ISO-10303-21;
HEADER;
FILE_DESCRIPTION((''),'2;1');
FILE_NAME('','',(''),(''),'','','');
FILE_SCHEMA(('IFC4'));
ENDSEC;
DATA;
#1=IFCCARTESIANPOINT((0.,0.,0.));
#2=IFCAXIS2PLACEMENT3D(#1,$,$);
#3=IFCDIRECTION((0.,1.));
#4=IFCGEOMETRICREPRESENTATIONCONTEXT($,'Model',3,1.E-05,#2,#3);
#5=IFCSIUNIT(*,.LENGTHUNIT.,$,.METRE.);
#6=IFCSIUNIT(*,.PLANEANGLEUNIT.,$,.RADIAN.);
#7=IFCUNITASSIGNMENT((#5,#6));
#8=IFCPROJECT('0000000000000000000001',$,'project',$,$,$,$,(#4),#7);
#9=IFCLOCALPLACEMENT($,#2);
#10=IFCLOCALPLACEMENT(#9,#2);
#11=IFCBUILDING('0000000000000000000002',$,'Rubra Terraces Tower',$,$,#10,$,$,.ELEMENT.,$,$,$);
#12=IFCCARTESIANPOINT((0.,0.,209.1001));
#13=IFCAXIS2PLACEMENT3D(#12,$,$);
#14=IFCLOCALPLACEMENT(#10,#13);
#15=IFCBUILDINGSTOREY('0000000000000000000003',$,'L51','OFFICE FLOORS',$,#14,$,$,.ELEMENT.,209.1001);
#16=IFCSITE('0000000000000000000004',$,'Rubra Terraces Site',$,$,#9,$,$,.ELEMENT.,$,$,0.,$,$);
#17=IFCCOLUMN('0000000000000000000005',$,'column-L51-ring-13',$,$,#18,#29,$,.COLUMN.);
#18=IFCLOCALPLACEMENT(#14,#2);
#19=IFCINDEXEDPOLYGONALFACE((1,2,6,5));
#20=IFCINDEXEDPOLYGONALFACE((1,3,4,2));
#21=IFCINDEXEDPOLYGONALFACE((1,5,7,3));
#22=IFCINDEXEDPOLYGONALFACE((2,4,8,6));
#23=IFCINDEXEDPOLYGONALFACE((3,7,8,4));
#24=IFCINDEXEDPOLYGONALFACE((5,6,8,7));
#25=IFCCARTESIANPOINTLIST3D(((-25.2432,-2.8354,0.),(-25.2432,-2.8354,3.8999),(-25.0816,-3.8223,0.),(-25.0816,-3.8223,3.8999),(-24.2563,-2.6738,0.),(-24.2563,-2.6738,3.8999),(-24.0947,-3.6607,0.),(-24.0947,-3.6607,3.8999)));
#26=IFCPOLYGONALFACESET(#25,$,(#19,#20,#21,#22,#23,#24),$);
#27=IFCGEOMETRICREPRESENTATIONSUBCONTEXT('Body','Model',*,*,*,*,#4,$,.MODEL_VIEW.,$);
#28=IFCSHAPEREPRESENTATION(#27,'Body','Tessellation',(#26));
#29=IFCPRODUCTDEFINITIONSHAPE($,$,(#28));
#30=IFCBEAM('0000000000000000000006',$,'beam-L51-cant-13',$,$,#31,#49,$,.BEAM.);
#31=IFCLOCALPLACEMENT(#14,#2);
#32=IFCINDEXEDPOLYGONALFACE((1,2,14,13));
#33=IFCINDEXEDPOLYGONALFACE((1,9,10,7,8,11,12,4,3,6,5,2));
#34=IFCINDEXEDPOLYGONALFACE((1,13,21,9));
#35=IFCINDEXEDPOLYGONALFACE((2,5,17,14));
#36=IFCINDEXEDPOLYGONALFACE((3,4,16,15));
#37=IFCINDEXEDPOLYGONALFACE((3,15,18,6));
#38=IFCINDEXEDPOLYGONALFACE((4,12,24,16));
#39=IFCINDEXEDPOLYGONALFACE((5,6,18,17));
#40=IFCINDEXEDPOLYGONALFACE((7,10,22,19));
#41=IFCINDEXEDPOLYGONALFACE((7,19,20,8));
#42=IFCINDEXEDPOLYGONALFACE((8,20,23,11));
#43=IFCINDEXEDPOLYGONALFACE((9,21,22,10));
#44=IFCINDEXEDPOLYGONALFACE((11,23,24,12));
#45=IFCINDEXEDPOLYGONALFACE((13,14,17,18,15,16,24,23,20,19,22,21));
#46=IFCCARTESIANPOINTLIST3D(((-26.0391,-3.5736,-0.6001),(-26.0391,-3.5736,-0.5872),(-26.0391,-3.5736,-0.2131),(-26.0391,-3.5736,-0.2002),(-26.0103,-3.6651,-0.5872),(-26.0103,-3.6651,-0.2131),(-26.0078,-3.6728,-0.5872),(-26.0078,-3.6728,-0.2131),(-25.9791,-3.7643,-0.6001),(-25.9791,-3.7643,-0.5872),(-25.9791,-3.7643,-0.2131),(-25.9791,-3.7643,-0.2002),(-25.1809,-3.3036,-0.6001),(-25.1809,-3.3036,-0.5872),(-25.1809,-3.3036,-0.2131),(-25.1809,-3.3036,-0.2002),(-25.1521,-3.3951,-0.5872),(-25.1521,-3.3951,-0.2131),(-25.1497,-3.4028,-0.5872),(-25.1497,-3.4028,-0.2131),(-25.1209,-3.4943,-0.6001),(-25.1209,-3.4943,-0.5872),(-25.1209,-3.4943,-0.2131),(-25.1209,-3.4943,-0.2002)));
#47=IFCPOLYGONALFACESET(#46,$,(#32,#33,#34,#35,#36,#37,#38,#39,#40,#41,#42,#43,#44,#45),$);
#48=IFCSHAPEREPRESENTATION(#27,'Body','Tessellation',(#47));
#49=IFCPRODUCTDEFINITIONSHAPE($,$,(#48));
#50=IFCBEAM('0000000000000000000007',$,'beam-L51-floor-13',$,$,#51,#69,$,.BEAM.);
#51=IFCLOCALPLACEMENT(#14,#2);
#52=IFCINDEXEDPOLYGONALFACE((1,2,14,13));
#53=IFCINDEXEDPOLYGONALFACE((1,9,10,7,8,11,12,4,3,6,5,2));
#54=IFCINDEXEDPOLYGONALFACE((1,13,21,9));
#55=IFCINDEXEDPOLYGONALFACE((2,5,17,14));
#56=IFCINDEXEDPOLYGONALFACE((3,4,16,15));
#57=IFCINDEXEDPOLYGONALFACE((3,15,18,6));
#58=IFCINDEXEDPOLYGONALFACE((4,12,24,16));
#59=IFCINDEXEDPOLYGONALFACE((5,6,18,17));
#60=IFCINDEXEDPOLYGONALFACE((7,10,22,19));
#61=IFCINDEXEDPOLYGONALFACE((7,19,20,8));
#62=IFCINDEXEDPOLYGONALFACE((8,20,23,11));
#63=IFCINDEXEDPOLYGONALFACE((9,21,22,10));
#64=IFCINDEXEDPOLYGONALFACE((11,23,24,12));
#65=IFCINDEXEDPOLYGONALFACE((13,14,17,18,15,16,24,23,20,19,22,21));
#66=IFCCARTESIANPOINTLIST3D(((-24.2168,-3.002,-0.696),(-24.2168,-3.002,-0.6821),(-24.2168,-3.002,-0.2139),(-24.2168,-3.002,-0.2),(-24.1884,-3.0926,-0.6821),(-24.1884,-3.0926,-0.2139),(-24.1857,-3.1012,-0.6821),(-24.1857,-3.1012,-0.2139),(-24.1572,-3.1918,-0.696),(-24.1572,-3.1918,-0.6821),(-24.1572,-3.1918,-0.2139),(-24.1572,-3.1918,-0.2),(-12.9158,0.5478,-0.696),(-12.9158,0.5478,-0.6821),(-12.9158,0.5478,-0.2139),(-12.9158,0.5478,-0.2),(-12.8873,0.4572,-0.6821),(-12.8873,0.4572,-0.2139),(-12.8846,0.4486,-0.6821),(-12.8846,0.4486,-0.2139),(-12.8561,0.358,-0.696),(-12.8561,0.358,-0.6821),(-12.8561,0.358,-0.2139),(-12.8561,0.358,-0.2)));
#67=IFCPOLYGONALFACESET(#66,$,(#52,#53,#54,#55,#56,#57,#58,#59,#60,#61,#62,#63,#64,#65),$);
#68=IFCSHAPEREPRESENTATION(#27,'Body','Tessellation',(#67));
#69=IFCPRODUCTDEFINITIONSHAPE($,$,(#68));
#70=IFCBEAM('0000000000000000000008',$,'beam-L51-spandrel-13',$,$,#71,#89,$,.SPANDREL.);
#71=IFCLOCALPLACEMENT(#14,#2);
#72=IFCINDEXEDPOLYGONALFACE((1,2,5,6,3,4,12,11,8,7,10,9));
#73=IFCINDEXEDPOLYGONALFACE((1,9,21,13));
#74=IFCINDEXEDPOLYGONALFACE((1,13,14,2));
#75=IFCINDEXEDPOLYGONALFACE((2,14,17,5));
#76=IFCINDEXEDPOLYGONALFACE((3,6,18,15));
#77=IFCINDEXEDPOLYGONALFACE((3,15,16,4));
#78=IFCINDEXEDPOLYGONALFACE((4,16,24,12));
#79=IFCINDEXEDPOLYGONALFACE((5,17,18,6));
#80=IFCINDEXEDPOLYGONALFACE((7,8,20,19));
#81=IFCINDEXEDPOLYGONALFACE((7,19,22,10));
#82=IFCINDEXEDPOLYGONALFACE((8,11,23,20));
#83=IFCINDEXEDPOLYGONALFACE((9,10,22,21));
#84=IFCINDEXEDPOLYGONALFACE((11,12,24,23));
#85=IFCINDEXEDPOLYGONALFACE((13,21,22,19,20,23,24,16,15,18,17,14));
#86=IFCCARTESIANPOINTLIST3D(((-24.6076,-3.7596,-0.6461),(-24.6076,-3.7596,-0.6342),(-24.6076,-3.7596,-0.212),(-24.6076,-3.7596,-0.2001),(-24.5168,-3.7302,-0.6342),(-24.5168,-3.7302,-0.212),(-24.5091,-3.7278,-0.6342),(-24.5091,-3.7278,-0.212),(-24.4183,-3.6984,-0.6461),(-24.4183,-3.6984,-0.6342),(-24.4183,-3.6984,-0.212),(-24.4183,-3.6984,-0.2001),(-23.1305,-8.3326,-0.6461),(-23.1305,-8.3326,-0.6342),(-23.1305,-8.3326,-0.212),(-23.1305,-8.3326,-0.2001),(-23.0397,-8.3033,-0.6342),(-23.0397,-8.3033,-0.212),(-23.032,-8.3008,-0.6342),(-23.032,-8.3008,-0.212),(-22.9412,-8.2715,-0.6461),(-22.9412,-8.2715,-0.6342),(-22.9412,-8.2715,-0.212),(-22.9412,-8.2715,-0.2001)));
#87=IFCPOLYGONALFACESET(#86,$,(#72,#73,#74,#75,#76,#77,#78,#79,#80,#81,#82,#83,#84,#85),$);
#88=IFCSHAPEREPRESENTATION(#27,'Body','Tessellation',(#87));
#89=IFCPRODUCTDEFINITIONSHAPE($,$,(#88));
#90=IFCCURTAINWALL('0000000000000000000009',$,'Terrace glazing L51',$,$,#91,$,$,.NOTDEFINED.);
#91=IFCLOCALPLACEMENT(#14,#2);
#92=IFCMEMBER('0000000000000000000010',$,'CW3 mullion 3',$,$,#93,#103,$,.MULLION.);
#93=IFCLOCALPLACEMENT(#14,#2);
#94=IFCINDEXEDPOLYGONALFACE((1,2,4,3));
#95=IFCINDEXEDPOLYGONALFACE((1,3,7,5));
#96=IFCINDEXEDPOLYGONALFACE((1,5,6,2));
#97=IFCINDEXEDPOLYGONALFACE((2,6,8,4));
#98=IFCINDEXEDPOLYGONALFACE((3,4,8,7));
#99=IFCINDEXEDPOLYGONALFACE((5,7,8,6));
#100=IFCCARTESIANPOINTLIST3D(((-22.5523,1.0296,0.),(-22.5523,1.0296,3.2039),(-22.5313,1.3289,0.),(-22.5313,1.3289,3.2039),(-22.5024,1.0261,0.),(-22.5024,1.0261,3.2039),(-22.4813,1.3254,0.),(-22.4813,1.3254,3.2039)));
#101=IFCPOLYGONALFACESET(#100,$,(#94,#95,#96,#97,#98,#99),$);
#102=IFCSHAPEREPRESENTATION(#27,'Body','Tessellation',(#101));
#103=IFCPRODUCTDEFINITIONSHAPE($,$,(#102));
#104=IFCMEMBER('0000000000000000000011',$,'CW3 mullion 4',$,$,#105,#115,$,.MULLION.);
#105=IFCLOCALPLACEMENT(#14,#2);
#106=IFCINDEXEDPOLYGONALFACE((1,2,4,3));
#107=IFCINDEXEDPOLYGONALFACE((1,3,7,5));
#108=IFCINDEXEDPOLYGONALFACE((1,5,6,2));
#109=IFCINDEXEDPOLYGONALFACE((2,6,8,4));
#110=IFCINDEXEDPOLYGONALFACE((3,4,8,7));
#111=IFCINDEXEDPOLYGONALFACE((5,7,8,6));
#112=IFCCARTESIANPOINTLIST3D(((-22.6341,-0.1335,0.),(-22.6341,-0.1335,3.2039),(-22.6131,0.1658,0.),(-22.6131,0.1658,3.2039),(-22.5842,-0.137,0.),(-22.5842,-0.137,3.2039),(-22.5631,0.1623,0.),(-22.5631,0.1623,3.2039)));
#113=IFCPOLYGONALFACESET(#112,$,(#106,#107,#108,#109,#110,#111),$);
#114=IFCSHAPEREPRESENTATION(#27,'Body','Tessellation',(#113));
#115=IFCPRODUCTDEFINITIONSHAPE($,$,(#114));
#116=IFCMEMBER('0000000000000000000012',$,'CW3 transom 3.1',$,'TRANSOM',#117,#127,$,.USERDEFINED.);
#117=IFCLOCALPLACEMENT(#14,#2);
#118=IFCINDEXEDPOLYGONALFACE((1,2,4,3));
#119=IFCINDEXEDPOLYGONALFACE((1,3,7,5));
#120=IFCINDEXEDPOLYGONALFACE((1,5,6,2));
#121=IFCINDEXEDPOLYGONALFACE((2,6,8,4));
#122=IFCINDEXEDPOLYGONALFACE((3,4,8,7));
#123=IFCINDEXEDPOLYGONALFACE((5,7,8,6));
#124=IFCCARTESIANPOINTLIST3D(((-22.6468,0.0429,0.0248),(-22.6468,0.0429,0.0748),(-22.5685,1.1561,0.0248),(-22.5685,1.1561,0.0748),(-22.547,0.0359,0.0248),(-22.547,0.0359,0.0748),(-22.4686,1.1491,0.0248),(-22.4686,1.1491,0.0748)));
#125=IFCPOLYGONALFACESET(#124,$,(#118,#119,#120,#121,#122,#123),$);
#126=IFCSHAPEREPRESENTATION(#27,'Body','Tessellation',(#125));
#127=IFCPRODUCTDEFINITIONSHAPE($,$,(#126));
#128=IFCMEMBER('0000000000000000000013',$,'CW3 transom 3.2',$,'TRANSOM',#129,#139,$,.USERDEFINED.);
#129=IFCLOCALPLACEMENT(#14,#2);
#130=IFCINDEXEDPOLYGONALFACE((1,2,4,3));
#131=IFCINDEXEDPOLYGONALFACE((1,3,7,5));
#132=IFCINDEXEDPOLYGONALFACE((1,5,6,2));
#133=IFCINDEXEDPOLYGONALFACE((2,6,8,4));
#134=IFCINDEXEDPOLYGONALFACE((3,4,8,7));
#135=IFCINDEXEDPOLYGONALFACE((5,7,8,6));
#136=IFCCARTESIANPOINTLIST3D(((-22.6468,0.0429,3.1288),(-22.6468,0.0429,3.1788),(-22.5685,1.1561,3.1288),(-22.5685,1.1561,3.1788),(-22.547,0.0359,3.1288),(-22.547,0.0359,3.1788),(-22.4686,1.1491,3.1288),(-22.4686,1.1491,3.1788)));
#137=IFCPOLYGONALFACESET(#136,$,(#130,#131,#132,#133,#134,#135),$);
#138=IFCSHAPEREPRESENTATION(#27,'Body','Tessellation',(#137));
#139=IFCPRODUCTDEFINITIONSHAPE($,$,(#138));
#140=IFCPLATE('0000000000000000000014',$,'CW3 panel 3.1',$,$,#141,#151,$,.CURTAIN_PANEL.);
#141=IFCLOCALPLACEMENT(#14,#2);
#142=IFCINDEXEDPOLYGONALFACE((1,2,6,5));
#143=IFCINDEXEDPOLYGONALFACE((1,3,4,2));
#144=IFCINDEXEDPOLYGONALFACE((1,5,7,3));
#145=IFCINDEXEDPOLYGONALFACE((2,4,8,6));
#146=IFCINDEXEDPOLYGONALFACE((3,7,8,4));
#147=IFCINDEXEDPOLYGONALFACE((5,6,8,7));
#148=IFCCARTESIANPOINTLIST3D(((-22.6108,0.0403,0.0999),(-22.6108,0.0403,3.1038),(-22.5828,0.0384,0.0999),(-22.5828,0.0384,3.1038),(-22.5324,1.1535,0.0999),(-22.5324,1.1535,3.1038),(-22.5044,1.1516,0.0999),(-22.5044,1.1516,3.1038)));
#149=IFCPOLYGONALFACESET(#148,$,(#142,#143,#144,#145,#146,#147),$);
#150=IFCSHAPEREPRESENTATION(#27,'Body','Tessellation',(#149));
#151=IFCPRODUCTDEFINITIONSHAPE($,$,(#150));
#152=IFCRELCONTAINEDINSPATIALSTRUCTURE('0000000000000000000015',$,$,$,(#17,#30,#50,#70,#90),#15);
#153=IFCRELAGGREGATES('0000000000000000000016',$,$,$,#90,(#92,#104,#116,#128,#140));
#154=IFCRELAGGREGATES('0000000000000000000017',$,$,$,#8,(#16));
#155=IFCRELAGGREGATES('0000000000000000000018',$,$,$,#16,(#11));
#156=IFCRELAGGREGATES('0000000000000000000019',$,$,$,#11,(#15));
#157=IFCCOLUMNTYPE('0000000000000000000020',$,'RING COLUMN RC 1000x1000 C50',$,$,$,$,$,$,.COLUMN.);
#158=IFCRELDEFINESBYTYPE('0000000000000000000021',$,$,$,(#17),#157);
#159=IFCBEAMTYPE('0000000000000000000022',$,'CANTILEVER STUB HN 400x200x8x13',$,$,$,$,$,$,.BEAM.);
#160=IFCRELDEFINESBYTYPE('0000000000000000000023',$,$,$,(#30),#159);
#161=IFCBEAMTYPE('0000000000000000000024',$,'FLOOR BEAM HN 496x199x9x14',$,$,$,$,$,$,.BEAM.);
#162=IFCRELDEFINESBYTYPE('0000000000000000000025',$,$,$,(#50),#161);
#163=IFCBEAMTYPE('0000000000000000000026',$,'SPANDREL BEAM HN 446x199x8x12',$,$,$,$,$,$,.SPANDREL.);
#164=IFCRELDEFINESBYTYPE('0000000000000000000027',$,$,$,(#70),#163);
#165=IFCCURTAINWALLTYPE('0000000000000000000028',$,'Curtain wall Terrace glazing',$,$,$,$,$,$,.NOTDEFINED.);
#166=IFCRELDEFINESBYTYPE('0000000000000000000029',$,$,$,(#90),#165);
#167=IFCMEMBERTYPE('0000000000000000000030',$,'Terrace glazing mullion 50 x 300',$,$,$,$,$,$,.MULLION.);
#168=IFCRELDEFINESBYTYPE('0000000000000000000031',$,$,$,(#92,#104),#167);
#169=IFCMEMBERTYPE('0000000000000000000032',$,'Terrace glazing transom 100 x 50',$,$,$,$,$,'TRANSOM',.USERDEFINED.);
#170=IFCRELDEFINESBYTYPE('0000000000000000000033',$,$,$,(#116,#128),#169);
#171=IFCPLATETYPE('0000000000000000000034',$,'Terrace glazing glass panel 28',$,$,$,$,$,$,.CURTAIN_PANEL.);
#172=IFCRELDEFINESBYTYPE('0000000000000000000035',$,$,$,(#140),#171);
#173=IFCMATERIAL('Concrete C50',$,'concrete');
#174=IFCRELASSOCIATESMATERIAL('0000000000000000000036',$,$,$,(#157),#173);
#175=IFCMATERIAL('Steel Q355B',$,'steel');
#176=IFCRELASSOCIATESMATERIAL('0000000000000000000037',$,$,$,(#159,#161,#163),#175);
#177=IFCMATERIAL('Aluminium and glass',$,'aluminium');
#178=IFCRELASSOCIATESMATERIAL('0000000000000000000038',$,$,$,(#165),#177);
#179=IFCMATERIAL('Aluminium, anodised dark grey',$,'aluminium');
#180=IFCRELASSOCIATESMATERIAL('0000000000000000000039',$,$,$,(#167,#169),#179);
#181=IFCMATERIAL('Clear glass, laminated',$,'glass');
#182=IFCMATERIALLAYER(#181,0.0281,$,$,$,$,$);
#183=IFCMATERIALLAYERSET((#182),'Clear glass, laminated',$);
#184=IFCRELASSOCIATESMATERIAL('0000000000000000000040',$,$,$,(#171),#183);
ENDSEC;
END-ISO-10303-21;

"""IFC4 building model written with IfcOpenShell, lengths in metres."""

from ifc_helpers import new_model, si_unit, direction, frame, origin, origin_2d, place, context, subcontext, project, spatial, rectangle, i_section, extrude, material, layer, layer_set, material_profile, profile_set, type_object, element, aggregate, save


model = new_model("IFC4")

# Units and contexts
model_context = context("Model", 3, precision=1e-05, world=origin(), true_north=direction((0.0, 1.0)))
body_context = subcontext(model_context, "Body", "Model", "MODEL_VIEW")
ifc_project = project(units=[si_unit("LENGTHUNIT", "METRE"), si_unit("PLANEANGLEUNIT", "RADIAN")], contexts=[model_context])

# Site, building, storey
site_placement = place(None, origin())
site = spatial("IfcSite", under=ifc_project, at=site_placement, Name="Rubra Terraces Site", CompositionType="ELEMENT", RefElevation=0.0)
building_placement = place(site_placement, origin())
building = spatial("IfcBuilding", under=site, at=building_placement, Name="Rubra Terraces Tower", CompositionType="ELEMENT")
storey_placement = place(building_placement, frame((0.0, 0.0, 209.1001)))
storey = spatial("IfcBuildingStorey", under=building, at=storey_placement, Name="L51", Description="OFFICE FLOORS", CompositionType="ELEMENT", Elevation=209.1001)

# Column
ifc_material_1 = material(Name="Concrete C50", Category="concrete")
ifc_material_profile_1 = material_profile(ifc_material_1, rectangle(XDim=1.0, YDim=1.0, at=origin_2d()), Name="RC 1000x1000")
ifc_profile_set_1 = profile_set([ifc_material_profile_1], Name="Concrete C50")
column_type = type_object("IfcColumnType", Name="RING COLUMN RC 1000x1000 C50", PredefinedType="COLUMN", material=ifc_profile_set_1)
column_placement = place(storey_placement, frame((-24.6689, -3.248, 0.0), z_axis=(0.0, 0.0, 1.0), x_axis=(0.161559, -0.986863, 0.0)))
element("IfcColumn", 1, at=column_placement, inside=storey, type_object=column_type, Name="column-L51-ring-13", PredefinedType="COLUMN", context=body_context, shape_type="SweptSolid", body=[
    extrude(rectangle(XDim=1.0, YDim=1.0, at=origin_2d()), origin(), (0.0, 0.0, 1.0), 3.8999),
])

# Beams
ifc_material_2 = material(Name="Steel Q355B", Category="steel")
ifc_material_profile_2 = material_profile(ifc_material_2, i_section(OverallWidth=0.2, OverallDepth=0.3999, WebThickness=0.0081, FlangeThickness=0.0129, at=origin_2d()), Name="HN 400x200x8x13")
ifc_profile_set_2 = profile_set([ifc_material_profile_2], Name="Steel Q355B")
beam_type_1 = type_object("IfcBeamType", Name="CANTILEVER STUB HN 400x200x8x13", PredefinedType="BEAM", material=ifc_profile_set_2)
beam_1_placement = place(storey_placement, frame((-25.1509, -3.3989, -0.4001), z_axis=(-0.953894, -0.300144, 0.0), x_axis=(0.300144, -0.953894, 0.0)))
element("IfcBeam", 2, at=beam_1_placement, inside=storey, type_object=beam_type_1, Name="beam-L51-cant-13", PredefinedType="BEAM", context=body_context, shape_type="SweptSolid", body=[
    extrude(i_section(OverallWidth=0.2, OverallDepth=0.3999, WebThickness=0.0081, FlangeThickness=0.0129, at=origin_2d()), origin(), (0.0, 0.0, 1.0), 0.8997),
])
ifc_material_profile_3 = material_profile(ifc_material_2, i_section(OverallWidth=0.199, OverallDepth=0.4961, WebThickness=0.009, FlangeThickness=0.0139, at=origin_2d()), Name="HN 496x199x9x14")
ifc_profile_set_3 = profile_set([ifc_material_profile_3], Name="Steel Q355B")
beam_type_2 = type_object("IfcBeamType", Name="FLOOR BEAM HN 496x199x9x14", PredefinedType="BEAM", material=ifc_profile_set_3)
beam_2_placement = place(storey_placement, frame((-24.187, -3.0969, -0.448), z_axis=(0.954041, 0.299677, 0.0), x_axis=(-0.299677, 0.954041, 0.0)))
element("IfcBeam", 3, at=beam_2_placement, inside=storey, type_object=beam_type_2, Name="beam-L51-floor-13", PredefinedType="BEAM", context=body_context, shape_type="SweptSolid", body=[
    extrude(i_section(OverallWidth=0.199, OverallDepth=0.4961, WebThickness=0.009, FlangeThickness=0.0139, at=origin_2d()), origin(), (0.0, 0.0, 1.0), 11.8455),
])
ifc_material_profile_4 = material_profile(ifc_material_2, i_section(OverallWidth=0.199, OverallDepth=0.446, WebThickness=0.0081, FlangeThickness=0.012, at=origin_2d()), Name="HN 446x199x8x12")
ifc_profile_set_4 = profile_set([ifc_material_profile_4], Name="Steel Q355B")
beam_type_3 = type_object("IfcBeamType", Name="SPANDREL BEAM HN 446x199x8x12", PredefinedType="SPANDREL", material=ifc_profile_set_4)
beam_3_placement = place(storey_placement, frame((-24.5129, -3.729, -0.4231), z_axis=(0.307359, -0.951594, 0.0), x_axis=(0.951594, 0.307359, 0.0)))
element("IfcBeam", 4, at=beam_3_placement, inside=storey, type_object=beam_type_3, Name="beam-L51-spandrel-13", PredefinedType="SPANDREL", context=body_context, shape_type="SweptSolid", body=[
    extrude(i_section(OverallWidth=0.199, OverallDepth=0.446, WebThickness=0.0081, FlangeThickness=0.012, at=origin_2d()), origin(), (0.0, 0.0, 1.0), 4.8057),
])

# Curtain wall, members, plate
ifc_material_3 = material(Name="Aluminium and glass", Category="aluminium")
curtain_wall_type = type_object("IfcCurtainWallType", Name="Curtain wall Terrace glazing", PredefinedType="NOTDEFINED", material=ifc_material_3)
curtain_wall_placement = place(storey_placement, origin())
curtain_wall = element("IfcCurtainWall", 5, at=curtain_wall_placement, inside=storey, type_object=curtain_wall_type, Name="Terrace glazing L51", PredefinedType="NOTDEFINED")
ifc_material_4 = material(Name="Aluminium, anodised dark grey", Category="aluminium")
ifc_material_profile_5 = material_profile(ifc_material_4, rectangle(XDim=0.05, YDim=0.3, at=origin_2d()), Name="AL 50x300")
ifc_profile_set_5 = profile_set([ifc_material_profile_5], Name="Aluminium, anodised dark grey")
member_type_1 = type_object("IfcMemberType", Name="Terrace glazing mullion 50 x 300", PredefinedType="MULLION", material=ifc_profile_set_5)
member_1_placement = place(storey_placement, frame((-22.5168, 1.1775, 0.0), z_axis=(0.0, 0.0, 1.0), x_axis=(0.997529, -0.070252, 0.0)))
member_1 = element("IfcMember", 6, at=member_1_placement, type_object=member_type_1, Name="CW3 mullion 3", PredefinedType="MULLION", context=body_context, shape_type="SweptSolid", body=[
    extrude(rectangle(XDim=0.05, YDim=0.3, at=origin_2d()), origin(), (0.0, 0.0, 1.0), 3.2039),
])
member_2_placement = place(storey_placement, frame((-22.5986, 0.0144, 0.0), z_axis=(0.0, 0.0, 1.0), x_axis=(0.997529, -0.070252, 0.0)))
member_2 = element("IfcMember", 7, at=member_2_placement, type_object=member_type_1, Name="CW3 mullion 4", PredefinedType="MULLION", context=body_context, shape_type="SweptSolid", body=[
    extrude(rectangle(XDim=0.05, YDim=0.3, at=origin_2d()), origin(), (0.0, 0.0, 1.0), 3.2039),
])
ifc_material_profile_6 = material_profile(ifc_material_4, rectangle(XDim=0.1001, YDim=0.05, at=origin_2d()), Name="AL 100x50")
ifc_profile_set_6 = profile_set([ifc_material_profile_6], Name="Aluminium, anodised dark grey")
member_type_2 = type_object("IfcMemberType", Name="Terrace glazing transom 100 x 50", ElementType="TRANSOM", PredefinedType="USERDEFINED", material=ifc_profile_set_6)
member_3_placement = place(storey_placement, frame((-22.5186, 1.1526, 0.0498), z_axis=(-0.070221, -0.997531, 0.0), x_axis=(0.997531, -0.070221, 0.0)))
member_3 = element("IfcMember", 8, at=member_3_placement, type_object=member_type_2, Name="CW3 transom 3.1", ObjectType="TRANSOM", PredefinedType="USERDEFINED", context=body_context, shape_type="SweptSolid", body=[
    extrude(rectangle(XDim=0.1001, YDim=0.05, at=origin_2d()), origin(), (0.0, 0.0, 1.0), 1.116),
])
member_4_placement = place(storey_placement, frame((-22.5186, 1.1526, 3.1538), z_axis=(-0.070221, -0.997531, 0.0), x_axis=(0.997531, -0.070221, 0.0)))
member_4 = element("IfcMember", 9, at=member_4_placement, type_object=member_type_2, Name="CW3 transom 3.2", ObjectType="TRANSOM", PredefinedType="USERDEFINED", context=body_context, shape_type="SweptSolid", body=[
    extrude(rectangle(XDim=0.1001, YDim=0.05, at=origin_2d()), origin(), (0.0, 0.0, 1.0), 1.116),
])
ifc_material_5 = material(Name="Clear glass, laminated", Category="glass")
ifc_layer_1 = layer(ifc_material_5, 0.0281)
ifc_layer_set_1 = layer_set([ifc_layer_1], Name="Clear glass, laminated")
plate_type = type_object("IfcPlateType", Name="Terrace glazing glass panel 28", PredefinedType="CURTAIN_PANEL", material=ifc_layer_set_1)
plate_placement = place(storey_placement, frame((-22.5576, 0.5959, 0.0999), z_axis=(0.0, 0.0, 1.0), x_axis=(-0.070252, -0.997529, 0.0)))
plate = element("IfcPlate", 10, at=plate_placement, type_object=plate_type, Name="CW3 panel 3.1", PredefinedType="CURTAIN_PANEL", context=body_context, shape_type="SweptSolid", body=[
    extrude(rectangle(XDim=1.116, YDim=0.0281, at=origin_2d()), origin(), (0.0, 0.0, 1.0), 3.0039),
])
aggregate(curtain_wall, [member_1, member_2, member_3, member_4, plate])

save(model, "model.ifc")
